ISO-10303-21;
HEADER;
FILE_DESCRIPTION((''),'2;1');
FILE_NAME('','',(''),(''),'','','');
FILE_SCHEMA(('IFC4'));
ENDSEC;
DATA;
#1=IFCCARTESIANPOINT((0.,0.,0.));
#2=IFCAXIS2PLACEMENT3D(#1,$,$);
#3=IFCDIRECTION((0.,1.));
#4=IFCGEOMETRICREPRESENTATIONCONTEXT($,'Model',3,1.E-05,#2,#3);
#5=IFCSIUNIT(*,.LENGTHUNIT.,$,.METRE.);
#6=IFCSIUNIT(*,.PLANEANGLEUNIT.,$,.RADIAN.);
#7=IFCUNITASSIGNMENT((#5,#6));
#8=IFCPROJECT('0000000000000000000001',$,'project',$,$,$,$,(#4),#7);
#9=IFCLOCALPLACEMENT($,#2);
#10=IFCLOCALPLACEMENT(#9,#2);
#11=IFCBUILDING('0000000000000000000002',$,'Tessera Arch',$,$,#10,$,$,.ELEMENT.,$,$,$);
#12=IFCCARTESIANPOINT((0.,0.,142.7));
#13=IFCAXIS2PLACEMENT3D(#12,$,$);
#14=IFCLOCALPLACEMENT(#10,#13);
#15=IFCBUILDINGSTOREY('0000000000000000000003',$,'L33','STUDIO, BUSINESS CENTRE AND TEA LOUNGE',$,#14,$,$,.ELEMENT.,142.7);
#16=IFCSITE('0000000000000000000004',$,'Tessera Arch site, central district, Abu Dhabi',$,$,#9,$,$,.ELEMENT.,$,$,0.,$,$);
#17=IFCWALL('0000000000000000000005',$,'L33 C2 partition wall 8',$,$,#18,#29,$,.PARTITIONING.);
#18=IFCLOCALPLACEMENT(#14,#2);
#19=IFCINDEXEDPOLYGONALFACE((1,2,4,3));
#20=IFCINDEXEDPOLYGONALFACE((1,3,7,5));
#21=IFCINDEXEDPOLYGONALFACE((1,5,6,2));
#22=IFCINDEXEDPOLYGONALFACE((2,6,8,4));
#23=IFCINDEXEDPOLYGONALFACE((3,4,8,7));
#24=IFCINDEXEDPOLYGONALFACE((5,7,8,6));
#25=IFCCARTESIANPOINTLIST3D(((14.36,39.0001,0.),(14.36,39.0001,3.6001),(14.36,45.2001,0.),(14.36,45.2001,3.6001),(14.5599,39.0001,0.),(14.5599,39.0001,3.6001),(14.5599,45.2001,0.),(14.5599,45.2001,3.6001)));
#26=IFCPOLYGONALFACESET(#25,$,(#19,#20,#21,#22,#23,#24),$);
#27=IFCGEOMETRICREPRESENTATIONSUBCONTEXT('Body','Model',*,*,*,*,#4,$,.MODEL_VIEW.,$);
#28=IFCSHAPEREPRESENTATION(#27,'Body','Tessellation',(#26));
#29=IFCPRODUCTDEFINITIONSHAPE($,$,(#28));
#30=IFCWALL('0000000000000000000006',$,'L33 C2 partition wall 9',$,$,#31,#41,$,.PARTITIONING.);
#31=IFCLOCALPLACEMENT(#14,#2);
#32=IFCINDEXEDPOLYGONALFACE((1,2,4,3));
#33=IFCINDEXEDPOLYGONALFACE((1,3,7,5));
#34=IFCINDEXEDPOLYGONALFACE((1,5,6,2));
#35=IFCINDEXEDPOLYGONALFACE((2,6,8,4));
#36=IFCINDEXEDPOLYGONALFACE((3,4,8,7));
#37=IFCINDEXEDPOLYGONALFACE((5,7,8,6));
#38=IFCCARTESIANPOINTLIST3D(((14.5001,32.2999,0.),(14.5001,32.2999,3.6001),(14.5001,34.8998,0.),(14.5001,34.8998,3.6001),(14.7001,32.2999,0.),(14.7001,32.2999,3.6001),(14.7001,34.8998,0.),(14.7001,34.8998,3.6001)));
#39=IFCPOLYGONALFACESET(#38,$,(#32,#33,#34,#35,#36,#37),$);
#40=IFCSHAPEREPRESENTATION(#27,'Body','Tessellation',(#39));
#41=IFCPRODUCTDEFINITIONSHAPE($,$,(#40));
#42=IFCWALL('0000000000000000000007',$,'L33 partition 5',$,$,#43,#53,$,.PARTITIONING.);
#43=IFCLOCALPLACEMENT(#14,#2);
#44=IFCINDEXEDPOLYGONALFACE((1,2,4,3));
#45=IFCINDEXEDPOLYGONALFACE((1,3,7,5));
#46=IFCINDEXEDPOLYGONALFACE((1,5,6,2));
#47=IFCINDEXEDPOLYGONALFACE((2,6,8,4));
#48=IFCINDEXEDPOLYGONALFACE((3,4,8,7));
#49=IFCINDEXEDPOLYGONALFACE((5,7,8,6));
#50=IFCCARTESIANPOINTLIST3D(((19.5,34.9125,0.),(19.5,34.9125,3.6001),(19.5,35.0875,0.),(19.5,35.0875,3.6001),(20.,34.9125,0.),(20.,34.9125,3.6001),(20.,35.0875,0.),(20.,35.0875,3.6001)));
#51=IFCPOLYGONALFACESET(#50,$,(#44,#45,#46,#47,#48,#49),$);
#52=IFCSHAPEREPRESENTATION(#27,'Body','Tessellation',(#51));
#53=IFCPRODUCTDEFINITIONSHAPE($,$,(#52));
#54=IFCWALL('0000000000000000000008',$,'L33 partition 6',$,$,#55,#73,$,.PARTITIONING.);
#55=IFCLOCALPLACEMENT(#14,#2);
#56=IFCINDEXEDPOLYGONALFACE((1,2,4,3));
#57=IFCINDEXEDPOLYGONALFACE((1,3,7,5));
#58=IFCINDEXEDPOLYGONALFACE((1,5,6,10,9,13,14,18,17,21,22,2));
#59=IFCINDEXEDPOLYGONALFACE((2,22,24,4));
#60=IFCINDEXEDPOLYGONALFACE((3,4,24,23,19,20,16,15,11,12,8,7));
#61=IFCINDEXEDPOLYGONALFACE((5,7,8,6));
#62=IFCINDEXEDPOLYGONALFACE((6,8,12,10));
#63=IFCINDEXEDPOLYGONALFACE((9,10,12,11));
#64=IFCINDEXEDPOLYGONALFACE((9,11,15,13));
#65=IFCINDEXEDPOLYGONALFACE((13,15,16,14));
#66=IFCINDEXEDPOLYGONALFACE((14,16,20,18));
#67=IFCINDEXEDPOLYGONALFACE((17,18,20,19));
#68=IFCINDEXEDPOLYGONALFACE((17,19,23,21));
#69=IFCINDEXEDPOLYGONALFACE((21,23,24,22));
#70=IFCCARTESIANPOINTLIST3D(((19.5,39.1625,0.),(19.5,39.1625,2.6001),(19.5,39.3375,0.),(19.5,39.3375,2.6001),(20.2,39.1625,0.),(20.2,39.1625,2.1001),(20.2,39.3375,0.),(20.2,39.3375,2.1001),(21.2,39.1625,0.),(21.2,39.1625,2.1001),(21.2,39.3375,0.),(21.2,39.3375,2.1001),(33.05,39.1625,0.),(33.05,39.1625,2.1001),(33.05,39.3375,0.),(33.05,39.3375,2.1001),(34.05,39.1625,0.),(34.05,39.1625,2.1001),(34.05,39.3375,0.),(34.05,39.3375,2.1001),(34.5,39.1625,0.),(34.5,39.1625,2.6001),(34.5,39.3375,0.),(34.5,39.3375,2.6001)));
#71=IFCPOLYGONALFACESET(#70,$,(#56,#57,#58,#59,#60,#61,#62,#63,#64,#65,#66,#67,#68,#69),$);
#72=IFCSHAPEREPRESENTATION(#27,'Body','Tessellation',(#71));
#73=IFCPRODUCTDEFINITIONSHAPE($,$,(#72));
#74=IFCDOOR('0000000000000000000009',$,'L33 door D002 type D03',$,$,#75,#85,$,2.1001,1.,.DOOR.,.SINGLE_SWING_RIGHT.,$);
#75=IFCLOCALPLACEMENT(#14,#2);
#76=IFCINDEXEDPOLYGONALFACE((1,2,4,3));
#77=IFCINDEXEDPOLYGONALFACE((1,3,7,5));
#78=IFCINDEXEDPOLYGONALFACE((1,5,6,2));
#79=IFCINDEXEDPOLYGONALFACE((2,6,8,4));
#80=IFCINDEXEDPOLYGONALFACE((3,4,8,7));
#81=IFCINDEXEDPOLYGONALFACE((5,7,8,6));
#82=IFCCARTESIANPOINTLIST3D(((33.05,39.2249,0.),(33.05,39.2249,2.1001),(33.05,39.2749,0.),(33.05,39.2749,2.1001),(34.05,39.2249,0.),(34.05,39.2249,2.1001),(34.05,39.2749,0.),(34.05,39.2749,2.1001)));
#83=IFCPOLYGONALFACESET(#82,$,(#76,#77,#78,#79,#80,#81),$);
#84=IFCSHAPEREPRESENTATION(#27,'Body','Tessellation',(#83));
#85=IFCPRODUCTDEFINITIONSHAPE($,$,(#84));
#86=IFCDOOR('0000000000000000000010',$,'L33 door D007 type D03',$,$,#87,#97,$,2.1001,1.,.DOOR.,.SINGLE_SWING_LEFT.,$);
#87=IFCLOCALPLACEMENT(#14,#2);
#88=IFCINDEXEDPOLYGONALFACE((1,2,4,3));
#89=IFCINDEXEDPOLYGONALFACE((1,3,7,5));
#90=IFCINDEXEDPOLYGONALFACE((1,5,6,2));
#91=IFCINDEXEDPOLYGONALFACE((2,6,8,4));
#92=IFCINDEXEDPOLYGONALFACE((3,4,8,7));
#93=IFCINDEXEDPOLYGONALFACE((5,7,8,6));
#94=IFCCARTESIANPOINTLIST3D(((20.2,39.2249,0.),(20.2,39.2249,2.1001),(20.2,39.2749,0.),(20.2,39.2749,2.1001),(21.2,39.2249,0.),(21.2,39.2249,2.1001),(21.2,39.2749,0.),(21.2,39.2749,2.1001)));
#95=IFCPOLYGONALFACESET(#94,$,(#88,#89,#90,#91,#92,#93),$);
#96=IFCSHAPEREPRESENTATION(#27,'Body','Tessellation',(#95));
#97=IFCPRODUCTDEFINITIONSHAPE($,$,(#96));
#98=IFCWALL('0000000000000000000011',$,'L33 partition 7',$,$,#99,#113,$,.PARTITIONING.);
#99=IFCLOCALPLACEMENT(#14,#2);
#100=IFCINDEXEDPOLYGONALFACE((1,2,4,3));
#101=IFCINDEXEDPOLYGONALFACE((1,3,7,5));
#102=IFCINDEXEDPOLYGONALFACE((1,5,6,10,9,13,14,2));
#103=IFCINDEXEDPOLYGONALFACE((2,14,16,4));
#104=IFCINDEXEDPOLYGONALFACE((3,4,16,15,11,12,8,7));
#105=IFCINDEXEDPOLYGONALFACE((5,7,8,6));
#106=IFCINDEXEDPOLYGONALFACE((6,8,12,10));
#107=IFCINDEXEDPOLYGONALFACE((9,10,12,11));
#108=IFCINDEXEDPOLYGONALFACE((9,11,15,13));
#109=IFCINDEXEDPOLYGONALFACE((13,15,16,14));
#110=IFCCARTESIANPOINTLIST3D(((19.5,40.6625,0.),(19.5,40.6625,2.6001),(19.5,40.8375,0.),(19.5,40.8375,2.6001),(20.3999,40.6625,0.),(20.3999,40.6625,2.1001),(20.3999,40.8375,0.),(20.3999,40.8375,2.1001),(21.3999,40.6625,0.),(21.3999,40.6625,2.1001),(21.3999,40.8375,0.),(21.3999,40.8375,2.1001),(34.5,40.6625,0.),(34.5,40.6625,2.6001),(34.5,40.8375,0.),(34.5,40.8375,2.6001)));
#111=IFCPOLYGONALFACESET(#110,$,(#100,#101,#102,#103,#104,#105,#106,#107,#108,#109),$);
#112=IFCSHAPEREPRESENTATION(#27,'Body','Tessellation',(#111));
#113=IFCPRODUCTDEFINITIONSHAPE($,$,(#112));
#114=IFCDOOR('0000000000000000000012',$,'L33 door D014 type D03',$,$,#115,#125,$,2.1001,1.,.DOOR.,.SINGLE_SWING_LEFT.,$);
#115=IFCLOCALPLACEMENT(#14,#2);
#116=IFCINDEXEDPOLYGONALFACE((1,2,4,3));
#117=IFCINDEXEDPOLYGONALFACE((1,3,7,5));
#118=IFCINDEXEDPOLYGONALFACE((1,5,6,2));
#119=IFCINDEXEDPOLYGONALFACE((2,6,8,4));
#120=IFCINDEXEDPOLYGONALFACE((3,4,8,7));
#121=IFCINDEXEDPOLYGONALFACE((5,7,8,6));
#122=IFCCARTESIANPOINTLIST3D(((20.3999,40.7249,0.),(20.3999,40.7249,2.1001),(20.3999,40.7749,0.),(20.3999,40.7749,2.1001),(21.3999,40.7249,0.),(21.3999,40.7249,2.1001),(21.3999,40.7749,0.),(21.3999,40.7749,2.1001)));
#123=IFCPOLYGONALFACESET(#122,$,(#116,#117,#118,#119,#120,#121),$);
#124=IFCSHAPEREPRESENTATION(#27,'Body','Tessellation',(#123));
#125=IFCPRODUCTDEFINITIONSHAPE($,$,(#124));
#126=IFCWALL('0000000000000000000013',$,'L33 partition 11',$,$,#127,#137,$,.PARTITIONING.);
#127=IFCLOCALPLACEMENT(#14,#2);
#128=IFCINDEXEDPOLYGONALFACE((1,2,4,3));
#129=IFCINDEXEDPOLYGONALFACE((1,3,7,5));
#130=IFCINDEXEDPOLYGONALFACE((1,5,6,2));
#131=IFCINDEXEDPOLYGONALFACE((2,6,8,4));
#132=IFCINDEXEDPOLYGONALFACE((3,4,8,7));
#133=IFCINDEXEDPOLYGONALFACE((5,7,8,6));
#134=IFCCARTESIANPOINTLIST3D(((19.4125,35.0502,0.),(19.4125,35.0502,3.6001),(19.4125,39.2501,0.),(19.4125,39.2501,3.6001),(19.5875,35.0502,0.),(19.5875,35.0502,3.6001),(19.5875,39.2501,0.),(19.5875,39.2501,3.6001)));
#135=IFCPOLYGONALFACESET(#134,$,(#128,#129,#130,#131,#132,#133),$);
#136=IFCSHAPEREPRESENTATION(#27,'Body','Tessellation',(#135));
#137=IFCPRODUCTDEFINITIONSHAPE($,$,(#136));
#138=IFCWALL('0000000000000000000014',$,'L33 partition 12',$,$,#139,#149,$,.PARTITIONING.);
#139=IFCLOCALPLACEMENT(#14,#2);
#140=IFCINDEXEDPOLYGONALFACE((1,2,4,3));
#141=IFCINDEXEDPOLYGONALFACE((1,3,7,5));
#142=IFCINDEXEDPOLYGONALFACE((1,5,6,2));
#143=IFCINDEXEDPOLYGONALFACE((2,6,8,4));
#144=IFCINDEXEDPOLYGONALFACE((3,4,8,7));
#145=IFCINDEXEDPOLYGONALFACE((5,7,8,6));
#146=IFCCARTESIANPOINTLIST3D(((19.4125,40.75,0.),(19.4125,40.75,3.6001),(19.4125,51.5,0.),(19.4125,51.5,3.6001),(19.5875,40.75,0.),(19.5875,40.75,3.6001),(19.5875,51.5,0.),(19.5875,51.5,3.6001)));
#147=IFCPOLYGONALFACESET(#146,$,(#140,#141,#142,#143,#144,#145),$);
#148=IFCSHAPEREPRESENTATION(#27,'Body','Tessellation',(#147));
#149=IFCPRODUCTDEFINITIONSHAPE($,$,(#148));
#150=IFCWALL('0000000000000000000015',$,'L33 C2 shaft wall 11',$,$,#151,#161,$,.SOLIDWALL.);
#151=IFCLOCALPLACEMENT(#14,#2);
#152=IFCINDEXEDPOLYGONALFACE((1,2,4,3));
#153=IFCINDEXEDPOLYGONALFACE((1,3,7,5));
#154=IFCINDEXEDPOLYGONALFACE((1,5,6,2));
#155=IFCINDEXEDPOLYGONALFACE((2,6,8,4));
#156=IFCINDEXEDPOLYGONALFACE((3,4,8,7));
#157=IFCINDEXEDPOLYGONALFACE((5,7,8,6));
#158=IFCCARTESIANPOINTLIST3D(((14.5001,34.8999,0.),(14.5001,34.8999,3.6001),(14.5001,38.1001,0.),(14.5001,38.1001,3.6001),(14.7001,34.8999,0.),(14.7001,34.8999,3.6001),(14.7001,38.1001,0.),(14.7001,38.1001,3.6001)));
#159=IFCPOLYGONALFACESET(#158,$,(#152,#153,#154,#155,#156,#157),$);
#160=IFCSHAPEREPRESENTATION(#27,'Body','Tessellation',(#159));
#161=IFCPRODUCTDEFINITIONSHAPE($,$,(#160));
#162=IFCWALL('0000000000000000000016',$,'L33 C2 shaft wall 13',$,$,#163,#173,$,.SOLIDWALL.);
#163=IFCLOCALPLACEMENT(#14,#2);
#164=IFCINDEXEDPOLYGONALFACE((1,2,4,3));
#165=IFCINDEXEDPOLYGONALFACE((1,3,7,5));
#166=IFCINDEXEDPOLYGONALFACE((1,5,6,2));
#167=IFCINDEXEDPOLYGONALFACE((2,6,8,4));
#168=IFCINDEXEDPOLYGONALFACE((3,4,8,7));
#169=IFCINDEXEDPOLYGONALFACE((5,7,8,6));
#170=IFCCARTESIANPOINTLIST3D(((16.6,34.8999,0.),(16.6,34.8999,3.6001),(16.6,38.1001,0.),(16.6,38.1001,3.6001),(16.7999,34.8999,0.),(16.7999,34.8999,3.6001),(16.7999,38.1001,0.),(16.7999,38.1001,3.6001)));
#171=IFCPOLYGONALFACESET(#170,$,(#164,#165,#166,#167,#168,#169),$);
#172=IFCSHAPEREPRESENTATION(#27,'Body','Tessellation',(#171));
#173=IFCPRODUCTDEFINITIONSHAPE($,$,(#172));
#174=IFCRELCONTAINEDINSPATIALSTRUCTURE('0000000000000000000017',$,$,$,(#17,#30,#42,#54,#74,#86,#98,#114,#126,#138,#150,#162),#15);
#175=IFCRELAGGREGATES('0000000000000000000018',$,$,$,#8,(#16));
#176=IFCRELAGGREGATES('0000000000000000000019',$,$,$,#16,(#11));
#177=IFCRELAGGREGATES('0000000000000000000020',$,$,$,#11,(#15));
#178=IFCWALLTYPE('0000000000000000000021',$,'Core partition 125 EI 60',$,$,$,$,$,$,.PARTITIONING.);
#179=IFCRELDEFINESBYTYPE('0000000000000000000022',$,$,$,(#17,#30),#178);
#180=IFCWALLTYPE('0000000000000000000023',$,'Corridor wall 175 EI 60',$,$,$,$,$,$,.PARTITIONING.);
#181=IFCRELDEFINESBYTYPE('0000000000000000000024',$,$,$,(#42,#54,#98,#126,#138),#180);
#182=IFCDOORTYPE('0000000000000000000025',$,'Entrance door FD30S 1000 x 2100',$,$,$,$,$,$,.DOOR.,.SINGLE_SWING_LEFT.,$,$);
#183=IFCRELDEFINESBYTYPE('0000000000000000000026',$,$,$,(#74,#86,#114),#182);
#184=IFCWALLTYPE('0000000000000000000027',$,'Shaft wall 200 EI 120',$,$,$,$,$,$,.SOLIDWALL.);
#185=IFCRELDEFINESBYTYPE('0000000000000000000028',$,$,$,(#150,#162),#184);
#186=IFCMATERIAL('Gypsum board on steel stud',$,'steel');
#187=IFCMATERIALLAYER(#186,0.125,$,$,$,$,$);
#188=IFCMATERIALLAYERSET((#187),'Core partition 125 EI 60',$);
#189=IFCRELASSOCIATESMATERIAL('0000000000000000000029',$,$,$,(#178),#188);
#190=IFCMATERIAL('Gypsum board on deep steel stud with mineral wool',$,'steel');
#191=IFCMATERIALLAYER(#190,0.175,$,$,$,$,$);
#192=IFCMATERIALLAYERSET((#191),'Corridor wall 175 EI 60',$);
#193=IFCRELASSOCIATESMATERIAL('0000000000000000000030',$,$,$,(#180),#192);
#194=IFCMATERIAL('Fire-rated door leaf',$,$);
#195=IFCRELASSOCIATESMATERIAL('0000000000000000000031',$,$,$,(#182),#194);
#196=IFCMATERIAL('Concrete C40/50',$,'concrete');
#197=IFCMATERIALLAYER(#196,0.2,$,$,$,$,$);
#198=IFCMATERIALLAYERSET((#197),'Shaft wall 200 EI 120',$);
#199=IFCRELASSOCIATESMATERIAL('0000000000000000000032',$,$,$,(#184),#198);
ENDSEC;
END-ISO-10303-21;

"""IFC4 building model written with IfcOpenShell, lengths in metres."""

from ifc_helpers import new_model, si_unit, direction, frame, frame_2d, origin, place, context, subcontext, project, spatial, rectangle, extrude, material, layer, layer_set, type_object, element, fill, save


model = new_model("IFC4")

# Units and contexts
model_context = context("Model", 3, precision=1e-05, world=origin(), true_north=direction((0.0, 1.0)))
body_context = subcontext(model_context, "Body", "Model", "MODEL_VIEW")
ifc_project = project(units=[si_unit("LENGTHUNIT", "METRE"), si_unit("PLANEANGLEUNIT", "RADIAN")], contexts=[model_context])

# Site, building, storey
site_placement = place(None, origin())
site = spatial("IfcSite", under=ifc_project, at=site_placement, Name="Tessera Arch site, central district, Abu Dhabi", CompositionType="ELEMENT", RefElevation=0.0)
building_placement = place(site_placement, origin())
building = spatial("IfcBuilding", under=site, at=building_placement, Name="Tessera Arch", CompositionType="ELEMENT")
storey_placement = place(building_placement, frame((0.0, 0.0, 142.7)))
storey = spatial("IfcBuildingStorey", under=building, at=storey_placement, Name="L33", Description="STUDIO, BUSINESS CENTRE AND TEA LOUNGE", CompositionType="ELEMENT", Elevation=142.7)

# Walls
ifc_material_1 = material(Name="Gypsum board on steel stud", Category="steel")
ifc_layer_1 = layer(ifc_material_1, 0.125)
ifc_layer_set_1 = layer_set([ifc_layer_1], Name="Core partition 125 EI 60")
wall_type_1 = type_object("IfcWallType", Name="Core partition 125 EI 60", PredefinedType="PARTITIONING", material=ifc_layer_set_1)
wall_1_placement = place(storey_placement, frame((14.46, 39.0, 0.0), z_axis=(0.0, 0.0, 1.0), x_axis=(0.0, 1.0, 0.0)))
element("IfcWall", 1, at=wall_1_placement, inside=storey, type_object=wall_type_1, Name="L33 C2 partition wall 8", PredefinedType="PARTITIONING", context=body_context, shape_type="SweptSolid", body=[
    extrude(rectangle(XDim=6.2, YDim=0.2, at=frame_2d((3.1001, 0.0))), origin(), (0.0, 0.0, 1.0), 3.6001),
])
wall_2_placement = place(storey_placement, frame((14.6001, 32.3, 0.0), z_axis=(0.0, 0.0, 1.0), x_axis=(0.0, 1.0, 0.0)))
element("IfcWall", 2, at=wall_2_placement, inside=storey, type_object=wall_type_1, Name="L33 C2 partition wall 9", PredefinedType="PARTITIONING", context=body_context, shape_type="SweptSolid", body=[
    extrude(rectangle(XDim=2.5999, YDim=0.2, at=frame_2d((1.2998, 0.0))), origin(), (0.0, 0.0, 1.0), 3.6001),
])
ifc_material_2 = material(Name="Gypsum board on deep steel stud with mineral wool", Category="steel")
ifc_layer_2 = layer(ifc_material_2, 0.175)
ifc_layer_set_2 = layer_set([ifc_layer_2], Name="Corridor wall 175 EI 60")
wall_type_2 = type_object("IfcWallType", Name="Corridor wall 175 EI 60", PredefinedType="PARTITIONING", material=ifc_layer_set_2)
wall_3_placement = place(storey_placement, frame((19.5, 35.0, 0.0), z_axis=(0.0, 0.0, 1.0), x_axis=(1.0, 0.0, 0.0)))
element("IfcWall", 3, at=wall_3_placement, inside=storey, type_object=wall_type_2, Name="L33 partition 5", PredefinedType="PARTITIONING", context=body_context, shape_type="SweptSolid", body=[
    extrude(rectangle(XDim=0.5, YDim=0.175, at=frame_2d((0.25, 0.0))), origin(), (0.0, 0.0, 1.0), 3.6001),
])

# Wall, openings, doors
wall_4_placement = place(storey_placement, frame((19.5, 39.25, 0.0), z_axis=(0.0, 0.0, 1.0), x_axis=(1.0, 0.0, 0.0)))
wall_4 = element("IfcWall", 4, at=wall_4_placement, inside=storey, type_object=wall_type_2, Name="L33 partition 6", PredefinedType="PARTITIONING", context=body_context, shape_type="SweptSolid", body=[
    extrude(rectangle(XDim=15.0, YDim=0.175, at=frame_2d((7.5, 0.0))), origin(), (0.0, 0.0, 1.0), 2.6001),
])
opening_1_placement = place(wall_4_placement, frame((13.55, 0.0, 0.0)))
opening_1 = element("IfcOpeningElement", 5, at=opening_1_placement, cuts=wall_4, PredefinedType="OPENING", context=body_context, shape_type="SweptSolid", body=[
    extrude(rectangle(XDim=1.0, YDim=2.1001, at=frame_2d((0.5, 1.05))), frame((0.0, 0.0974, 0.0), z_axis=(0.0, -1.0, 0.0), x_axis=(1.0, 0.0, 0.0)), (0.0, 0.0, 1.0), 0.1951),
])
opening_2_placement = place(wall_4_placement, frame((0.7, 0.0, 0.0)))
opening_2 = element("IfcOpeningElement", 6, at=opening_2_placement, cuts=wall_4, PredefinedType="OPENING", context=body_context, shape_type="SweptSolid", body=[
    extrude(rectangle(XDim=1.0, YDim=2.1001, at=frame_2d((0.5, 1.05))), frame((0.0, 0.0974, 0.0), z_axis=(0.0, -1.0, 0.0), x_axis=(1.0, 0.0, 0.0)), (0.0, 0.0, 1.0), 0.1951),
])
ifc_material_3 = material(Name="Fire-rated door leaf")
door_type_1 = type_object("IfcDoorType", Name="Entrance door FD30S 1000 x 2100", OperationType="SINGLE_SWING_LEFT", PredefinedType="DOOR", material=ifc_material_3)
door_1_placement = place(opening_1_placement, origin())
door_1 = element("IfcDoor", 7, at=door_1_placement, inside=storey, type_object=door_type_1, Name="L33 door D002 type D03", OperationType="SINGLE_SWING_RIGHT", OverallHeight=2.1001, OverallWidth=1.0, PredefinedType="DOOR", context=body_context, shape_type="SweptSolid", body=[
    extrude(rectangle(XDim=1.0, YDim=2.1001, at=frame_2d((0.5, 1.05))), frame((0.0, 0.0249, 0.0), z_axis=(0.0, -1.0, 0.0), x_axis=(1.0, 0.0, 0.0)), (0.0, 0.0, 1.0), 0.05),
])
fill(opening_1, door_1)
door_2_placement = place(opening_2_placement, origin())
door_2 = element("IfcDoor", 8, at=door_2_placement, inside=storey, type_object=door_type_1, Name="L33 door D007 type D03", OperationType="SINGLE_SWING_LEFT", OverallHeight=2.1001, OverallWidth=1.0, PredefinedType="DOOR", context=body_context, shape_type="SweptSolid", body=[
    extrude(rectangle(XDim=1.0, YDim=2.1001, at=frame_2d((0.5, 1.05))), frame((0.0, 0.0249, 0.0), z_axis=(0.0, -1.0, 0.0), x_axis=(1.0, 0.0, 0.0)), (0.0, 0.0, 1.0), 0.05),
])
fill(opening_2, door_2)

# Wall, opening, door
wall_5_placement = place(storey_placement, frame((19.5, 40.75, 0.0), z_axis=(0.0, 0.0, 1.0), x_axis=(1.0, 0.0, 0.0)))
wall_5 = element("IfcWall", 9, at=wall_5_placement, inside=storey, type_object=wall_type_2, Name="L33 partition 7", PredefinedType="PARTITIONING", context=body_context, shape_type="SweptSolid", body=[
    extrude(rectangle(XDim=15.0, YDim=0.175, at=frame_2d((7.5, 0.0))), origin(), (0.0, 0.0, 1.0), 2.6001),
])
opening_3_placement = place(wall_5_placement, frame((0.8999, 0.0, 0.0)))
opening_3 = element("IfcOpeningElement", 10, at=opening_3_placement, cuts=wall_5, PredefinedType="OPENING", context=body_context, shape_type="SweptSolid", body=[
    extrude(rectangle(XDim=1.0, YDim=2.1001, at=frame_2d((0.5, 1.05))), frame((0.0, 0.0974, 0.0), z_axis=(0.0, -1.0, 0.0), x_axis=(1.0, 0.0, 0.0)), (0.0, 0.0, 1.0), 0.1951),
])
door_3_placement = place(opening_3_placement, origin())
door_3 = element("IfcDoor", 11, at=door_3_placement, inside=storey, type_object=door_type_1, Name="L33 door D014 type D03", OperationType="SINGLE_SWING_LEFT", OverallHeight=2.1001, OverallWidth=1.0, PredefinedType="DOOR", context=body_context, shape_type="SweptSolid", body=[
    extrude(rectangle(XDim=1.0, YDim=2.1001, at=frame_2d((0.5, 1.05))), frame((0.0, 0.0249, 0.0), z_axis=(0.0, -1.0, 0.0), x_axis=(1.0, 0.0, 0.0)), (0.0, 0.0, 1.0), 0.05),
])
fill(opening_3, door_3)

# Walls
wall_6_placement = place(storey_placement, frame((19.5, 35.05, 0.0), z_axis=(0.0, 0.0, 1.0), x_axis=(0.0, 1.0, 0.0)))
element("IfcWall", 12, at=wall_6_placement, inside=storey, type_object=wall_type_2, Name="L33 partition 11", PredefinedType="PARTITIONING", context=body_context, shape_type="SweptSolid", body=[
    extrude(rectangle(XDim=4.2, YDim=0.175, at=frame_2d((2.1001, 0.0))), origin(), (0.0, 0.0, 1.0), 3.6001),
])
wall_7_placement = place(storey_placement, frame((19.5, 40.75, 0.0), z_axis=(0.0, 0.0, 1.0), x_axis=(0.0, 1.0, 0.0)))
element("IfcWall", 13, at=wall_7_placement, inside=storey, type_object=wall_type_2, Name="L33 partition 12", PredefinedType="PARTITIONING", context=body_context, shape_type="SweptSolid", body=[
    extrude(rectangle(XDim=10.75, YDim=0.175, at=frame_2d((5.375, 0.0))), origin(), (0.0, 0.0, 1.0), 3.6001),
])
ifc_material_4 = material(Name="Concrete C40/50", Category="concrete")
ifc_layer_3 = layer(ifc_material_4, 0.2)
ifc_layer_set_3 = layer_set([ifc_layer_3], Name="Shaft wall 200 EI 120")
wall_type_3 = type_object("IfcWallType", Name="Shaft wall 200 EI 120", PredefinedType="SOLIDWALL", material=ifc_layer_set_3)
for number, where, z_axis, x_axis, name in (
    (14, (14.6001, 34.8999, 0.0), (0.0, 0.0, 1.0), (0.0, 1.0, 0.0), "L33 C2 shaft wall 11"),
    (15, (16.7, 34.8999, 0.0), (0.0, 0.0, 1.0), (0.0, 1.0, 0.0), "L33 C2 shaft wall 13"),
):
    element("IfcWall", number, at=place(storey_placement, frame(where, z_axis=z_axis, x_axis=x_axis)), inside=storey, type_object=wall_type_3, Name=name, PredefinedType="SOLIDWALL", context=body_context, shape_type="SweptSolid", body=[
        extrude(rectangle(XDim=3.2002, YDim=0.2, at=frame_2d((1.6001, 0.0))), origin(), (0.0, 0.0, 1.0), 3.6001),
    ])

save(model, "model.ifc")
